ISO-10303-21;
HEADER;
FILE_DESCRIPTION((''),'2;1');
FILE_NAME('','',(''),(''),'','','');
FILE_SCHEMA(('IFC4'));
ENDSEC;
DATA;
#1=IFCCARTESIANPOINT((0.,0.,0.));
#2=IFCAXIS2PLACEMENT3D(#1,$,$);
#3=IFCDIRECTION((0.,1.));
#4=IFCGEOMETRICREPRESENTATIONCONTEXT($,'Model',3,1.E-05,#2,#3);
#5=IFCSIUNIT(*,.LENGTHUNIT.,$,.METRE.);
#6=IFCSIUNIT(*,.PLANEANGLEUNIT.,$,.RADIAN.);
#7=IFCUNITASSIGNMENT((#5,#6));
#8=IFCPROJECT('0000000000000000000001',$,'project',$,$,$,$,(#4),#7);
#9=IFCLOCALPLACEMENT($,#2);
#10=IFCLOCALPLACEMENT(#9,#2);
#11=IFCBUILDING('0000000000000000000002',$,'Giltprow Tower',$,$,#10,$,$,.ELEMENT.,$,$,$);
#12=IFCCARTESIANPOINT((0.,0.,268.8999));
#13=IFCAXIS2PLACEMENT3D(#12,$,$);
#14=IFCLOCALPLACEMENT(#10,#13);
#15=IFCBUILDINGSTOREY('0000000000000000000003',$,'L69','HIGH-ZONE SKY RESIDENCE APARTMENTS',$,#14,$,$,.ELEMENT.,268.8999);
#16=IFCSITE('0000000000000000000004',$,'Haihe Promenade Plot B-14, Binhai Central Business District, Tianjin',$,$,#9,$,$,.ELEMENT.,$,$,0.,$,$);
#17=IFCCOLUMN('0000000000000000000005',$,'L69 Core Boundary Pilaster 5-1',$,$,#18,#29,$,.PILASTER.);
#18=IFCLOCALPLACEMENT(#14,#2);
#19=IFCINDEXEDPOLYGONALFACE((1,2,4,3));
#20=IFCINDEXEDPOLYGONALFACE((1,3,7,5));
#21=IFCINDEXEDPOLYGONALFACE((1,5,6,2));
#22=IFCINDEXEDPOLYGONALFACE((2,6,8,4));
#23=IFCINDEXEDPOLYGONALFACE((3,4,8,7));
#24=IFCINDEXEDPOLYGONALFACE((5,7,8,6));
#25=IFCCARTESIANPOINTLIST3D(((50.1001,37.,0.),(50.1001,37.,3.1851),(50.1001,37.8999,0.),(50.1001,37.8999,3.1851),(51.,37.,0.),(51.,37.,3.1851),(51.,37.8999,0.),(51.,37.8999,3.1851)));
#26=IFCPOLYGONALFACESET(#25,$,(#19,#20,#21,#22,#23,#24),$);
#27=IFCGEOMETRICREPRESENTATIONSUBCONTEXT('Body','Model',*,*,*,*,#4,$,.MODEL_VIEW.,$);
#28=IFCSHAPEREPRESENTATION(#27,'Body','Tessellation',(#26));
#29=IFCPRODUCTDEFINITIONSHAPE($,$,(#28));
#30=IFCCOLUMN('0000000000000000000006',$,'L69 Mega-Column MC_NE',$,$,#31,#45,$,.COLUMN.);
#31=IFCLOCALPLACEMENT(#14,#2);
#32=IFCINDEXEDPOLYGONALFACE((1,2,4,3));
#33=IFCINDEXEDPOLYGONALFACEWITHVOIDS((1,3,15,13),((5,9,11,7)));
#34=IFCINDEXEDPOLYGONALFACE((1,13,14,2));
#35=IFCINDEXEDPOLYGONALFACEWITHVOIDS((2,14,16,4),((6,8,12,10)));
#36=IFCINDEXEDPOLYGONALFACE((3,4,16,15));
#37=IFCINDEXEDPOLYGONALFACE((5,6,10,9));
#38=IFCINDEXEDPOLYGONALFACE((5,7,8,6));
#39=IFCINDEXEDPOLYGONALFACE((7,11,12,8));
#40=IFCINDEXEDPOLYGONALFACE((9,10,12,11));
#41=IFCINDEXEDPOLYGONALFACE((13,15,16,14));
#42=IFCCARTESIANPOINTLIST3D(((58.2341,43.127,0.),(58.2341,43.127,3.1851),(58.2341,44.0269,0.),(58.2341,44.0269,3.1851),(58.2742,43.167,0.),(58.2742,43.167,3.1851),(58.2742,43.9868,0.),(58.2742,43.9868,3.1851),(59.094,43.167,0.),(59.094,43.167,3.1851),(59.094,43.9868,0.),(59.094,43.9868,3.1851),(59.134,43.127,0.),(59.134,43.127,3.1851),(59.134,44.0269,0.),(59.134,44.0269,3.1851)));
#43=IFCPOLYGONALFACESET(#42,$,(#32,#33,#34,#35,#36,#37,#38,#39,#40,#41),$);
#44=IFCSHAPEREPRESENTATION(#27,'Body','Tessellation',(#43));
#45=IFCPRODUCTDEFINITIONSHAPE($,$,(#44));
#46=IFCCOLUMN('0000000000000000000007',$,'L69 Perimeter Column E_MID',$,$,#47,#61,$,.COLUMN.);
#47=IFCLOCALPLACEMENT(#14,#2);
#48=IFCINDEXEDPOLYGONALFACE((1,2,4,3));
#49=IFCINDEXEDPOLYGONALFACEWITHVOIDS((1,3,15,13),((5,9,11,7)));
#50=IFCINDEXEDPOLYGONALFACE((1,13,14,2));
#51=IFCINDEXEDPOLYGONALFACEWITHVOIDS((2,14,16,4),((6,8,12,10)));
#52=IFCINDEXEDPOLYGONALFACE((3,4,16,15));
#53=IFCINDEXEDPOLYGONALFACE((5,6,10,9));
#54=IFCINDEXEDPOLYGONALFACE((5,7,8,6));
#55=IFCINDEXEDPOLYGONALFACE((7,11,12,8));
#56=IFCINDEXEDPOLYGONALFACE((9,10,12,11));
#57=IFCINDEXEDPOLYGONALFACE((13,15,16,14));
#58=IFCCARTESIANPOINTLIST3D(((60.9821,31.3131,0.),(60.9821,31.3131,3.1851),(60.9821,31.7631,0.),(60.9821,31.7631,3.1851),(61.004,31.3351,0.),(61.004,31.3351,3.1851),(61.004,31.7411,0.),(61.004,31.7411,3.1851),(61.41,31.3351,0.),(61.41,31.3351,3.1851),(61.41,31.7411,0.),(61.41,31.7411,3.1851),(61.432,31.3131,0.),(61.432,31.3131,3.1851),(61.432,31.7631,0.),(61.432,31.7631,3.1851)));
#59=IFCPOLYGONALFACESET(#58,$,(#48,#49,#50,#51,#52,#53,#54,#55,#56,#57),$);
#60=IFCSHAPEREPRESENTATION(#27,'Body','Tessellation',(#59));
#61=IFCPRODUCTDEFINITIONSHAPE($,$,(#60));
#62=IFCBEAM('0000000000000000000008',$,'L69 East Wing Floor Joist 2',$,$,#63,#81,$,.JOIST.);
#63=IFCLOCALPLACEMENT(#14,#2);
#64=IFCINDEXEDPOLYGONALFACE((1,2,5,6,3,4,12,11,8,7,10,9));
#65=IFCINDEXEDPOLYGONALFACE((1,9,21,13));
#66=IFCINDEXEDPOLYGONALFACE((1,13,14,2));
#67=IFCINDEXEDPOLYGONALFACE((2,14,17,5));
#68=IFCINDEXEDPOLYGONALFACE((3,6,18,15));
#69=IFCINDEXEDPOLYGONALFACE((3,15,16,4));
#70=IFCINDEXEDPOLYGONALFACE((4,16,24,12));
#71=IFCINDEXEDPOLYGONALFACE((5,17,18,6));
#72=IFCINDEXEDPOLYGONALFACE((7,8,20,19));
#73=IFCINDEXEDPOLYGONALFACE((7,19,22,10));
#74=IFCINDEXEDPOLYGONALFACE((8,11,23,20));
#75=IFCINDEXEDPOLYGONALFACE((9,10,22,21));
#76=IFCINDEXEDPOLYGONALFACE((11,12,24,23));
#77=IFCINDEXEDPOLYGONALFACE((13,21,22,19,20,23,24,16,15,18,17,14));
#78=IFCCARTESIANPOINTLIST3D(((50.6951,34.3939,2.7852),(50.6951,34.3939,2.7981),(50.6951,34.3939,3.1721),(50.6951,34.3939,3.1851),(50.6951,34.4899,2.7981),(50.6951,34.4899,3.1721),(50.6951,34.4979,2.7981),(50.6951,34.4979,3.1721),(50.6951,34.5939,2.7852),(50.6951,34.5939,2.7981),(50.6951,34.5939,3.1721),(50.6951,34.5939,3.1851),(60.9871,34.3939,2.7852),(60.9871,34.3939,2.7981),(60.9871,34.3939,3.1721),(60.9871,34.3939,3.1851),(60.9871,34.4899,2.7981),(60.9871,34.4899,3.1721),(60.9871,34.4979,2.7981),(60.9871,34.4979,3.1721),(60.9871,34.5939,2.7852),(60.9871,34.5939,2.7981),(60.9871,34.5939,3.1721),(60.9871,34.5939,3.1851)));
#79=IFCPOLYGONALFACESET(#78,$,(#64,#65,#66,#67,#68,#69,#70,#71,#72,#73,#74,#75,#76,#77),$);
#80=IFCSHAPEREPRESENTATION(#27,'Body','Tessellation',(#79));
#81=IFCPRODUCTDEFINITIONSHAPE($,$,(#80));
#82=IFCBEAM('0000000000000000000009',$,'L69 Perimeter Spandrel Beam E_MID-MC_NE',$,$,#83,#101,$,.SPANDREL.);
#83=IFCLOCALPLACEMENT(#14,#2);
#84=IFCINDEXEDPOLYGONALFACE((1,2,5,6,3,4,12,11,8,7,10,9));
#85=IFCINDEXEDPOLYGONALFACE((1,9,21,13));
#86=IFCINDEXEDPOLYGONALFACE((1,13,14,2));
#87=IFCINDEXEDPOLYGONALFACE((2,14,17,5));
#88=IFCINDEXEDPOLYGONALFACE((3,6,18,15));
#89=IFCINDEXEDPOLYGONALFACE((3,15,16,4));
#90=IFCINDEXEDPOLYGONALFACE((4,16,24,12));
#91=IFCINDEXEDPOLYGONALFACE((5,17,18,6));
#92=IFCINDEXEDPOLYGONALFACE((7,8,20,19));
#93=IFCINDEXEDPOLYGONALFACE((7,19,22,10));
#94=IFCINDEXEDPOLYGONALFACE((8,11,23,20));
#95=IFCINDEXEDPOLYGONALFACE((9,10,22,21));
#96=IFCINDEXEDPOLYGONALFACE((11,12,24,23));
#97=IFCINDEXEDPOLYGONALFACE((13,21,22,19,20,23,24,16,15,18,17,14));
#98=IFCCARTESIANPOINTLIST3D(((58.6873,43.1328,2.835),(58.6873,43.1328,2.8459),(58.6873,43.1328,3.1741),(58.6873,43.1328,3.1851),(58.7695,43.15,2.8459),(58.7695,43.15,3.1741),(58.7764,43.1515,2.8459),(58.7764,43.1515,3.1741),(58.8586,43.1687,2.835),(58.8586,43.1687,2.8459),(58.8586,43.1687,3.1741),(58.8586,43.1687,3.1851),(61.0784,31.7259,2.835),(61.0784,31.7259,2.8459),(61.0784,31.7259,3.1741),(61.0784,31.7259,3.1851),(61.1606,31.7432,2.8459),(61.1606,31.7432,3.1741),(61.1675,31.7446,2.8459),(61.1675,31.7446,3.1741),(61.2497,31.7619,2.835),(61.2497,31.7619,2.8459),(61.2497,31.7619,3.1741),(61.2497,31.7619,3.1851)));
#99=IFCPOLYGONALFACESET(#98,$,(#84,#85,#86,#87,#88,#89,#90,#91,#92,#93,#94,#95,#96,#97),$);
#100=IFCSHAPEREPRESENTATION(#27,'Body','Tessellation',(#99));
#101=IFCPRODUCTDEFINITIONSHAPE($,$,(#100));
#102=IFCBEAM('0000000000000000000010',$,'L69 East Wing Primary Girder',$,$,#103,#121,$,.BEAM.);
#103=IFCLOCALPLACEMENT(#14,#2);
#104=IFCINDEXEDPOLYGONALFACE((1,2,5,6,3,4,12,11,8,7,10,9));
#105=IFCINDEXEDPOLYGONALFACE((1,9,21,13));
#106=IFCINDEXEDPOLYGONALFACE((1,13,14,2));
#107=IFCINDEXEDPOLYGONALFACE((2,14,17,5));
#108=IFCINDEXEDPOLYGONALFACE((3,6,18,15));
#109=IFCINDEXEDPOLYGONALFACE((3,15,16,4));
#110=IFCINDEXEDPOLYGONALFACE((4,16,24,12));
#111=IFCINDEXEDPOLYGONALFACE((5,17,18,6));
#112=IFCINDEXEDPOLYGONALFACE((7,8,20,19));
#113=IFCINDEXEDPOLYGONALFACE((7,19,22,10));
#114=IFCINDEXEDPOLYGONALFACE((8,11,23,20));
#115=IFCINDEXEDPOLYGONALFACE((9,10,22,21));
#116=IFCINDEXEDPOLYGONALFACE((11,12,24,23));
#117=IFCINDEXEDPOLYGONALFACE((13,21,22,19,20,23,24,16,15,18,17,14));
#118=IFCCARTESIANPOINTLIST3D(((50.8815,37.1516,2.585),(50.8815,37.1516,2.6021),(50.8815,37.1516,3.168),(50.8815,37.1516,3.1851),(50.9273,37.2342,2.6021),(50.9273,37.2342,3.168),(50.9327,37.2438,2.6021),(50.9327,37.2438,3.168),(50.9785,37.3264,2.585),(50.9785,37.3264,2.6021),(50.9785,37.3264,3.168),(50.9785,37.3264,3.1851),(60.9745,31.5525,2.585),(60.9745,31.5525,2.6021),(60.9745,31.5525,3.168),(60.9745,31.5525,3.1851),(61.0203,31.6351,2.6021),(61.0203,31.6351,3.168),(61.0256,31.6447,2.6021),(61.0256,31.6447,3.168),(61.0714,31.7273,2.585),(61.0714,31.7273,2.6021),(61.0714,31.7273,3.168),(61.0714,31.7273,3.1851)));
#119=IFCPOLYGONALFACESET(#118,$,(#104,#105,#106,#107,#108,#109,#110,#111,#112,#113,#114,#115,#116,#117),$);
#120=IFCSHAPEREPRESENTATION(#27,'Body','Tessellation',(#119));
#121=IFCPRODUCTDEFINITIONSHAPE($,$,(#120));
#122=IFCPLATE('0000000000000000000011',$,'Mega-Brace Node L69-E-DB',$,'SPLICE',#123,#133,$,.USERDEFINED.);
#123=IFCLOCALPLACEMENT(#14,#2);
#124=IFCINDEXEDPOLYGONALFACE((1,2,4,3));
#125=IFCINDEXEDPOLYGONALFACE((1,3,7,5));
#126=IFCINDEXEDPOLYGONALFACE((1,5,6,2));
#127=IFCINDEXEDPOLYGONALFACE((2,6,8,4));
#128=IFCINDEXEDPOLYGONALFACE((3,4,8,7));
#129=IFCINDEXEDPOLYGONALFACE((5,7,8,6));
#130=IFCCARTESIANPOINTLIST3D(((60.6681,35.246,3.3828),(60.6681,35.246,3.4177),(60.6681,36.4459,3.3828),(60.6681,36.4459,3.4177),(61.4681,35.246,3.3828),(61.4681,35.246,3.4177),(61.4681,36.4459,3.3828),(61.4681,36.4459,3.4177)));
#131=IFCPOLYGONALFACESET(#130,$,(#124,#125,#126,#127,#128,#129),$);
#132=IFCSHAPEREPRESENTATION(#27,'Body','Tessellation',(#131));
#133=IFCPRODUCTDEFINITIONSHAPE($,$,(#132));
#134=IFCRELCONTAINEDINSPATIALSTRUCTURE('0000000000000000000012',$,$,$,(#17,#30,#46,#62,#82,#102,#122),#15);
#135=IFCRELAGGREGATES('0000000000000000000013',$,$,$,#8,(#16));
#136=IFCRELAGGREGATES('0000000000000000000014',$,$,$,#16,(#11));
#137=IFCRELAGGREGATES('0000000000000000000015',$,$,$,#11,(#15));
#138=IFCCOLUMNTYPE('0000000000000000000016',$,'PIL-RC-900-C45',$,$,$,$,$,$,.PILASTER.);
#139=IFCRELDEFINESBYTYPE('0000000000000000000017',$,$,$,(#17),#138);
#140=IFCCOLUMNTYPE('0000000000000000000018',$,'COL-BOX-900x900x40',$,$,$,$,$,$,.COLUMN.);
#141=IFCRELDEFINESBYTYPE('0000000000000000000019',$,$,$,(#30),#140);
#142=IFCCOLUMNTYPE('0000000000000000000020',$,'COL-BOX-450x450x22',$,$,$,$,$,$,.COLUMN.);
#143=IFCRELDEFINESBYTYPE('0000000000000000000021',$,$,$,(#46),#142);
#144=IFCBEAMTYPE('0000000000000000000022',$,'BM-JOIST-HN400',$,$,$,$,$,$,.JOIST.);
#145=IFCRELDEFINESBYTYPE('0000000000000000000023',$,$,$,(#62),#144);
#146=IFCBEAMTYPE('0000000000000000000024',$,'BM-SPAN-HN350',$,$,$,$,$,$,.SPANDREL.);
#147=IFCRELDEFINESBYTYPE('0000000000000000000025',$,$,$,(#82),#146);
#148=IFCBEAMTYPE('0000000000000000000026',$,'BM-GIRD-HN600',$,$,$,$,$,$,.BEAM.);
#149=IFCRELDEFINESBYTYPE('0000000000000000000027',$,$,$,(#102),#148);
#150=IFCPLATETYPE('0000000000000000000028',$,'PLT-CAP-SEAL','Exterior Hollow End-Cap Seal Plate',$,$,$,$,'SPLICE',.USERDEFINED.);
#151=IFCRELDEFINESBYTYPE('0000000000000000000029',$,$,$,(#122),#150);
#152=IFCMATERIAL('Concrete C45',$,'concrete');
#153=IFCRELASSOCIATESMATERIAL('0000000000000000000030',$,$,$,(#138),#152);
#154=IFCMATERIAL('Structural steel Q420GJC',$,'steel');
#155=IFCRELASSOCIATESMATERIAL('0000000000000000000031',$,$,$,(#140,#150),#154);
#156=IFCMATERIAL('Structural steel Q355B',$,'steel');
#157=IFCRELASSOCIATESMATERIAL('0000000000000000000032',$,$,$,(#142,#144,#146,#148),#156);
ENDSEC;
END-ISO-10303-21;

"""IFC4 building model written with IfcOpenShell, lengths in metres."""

from ifc_helpers import new_model, si_unit, direction, frame, origin, origin_2d, place, context, subcontext, project, spatial, rectangle, hollow_rectangle, i_section, extrude, source, transform, mapped, material, material_profile, profile_set, type_object, element, save


model = new_model("IFC4")

# Units and contexts
model_context = context("Model", 3, precision=1e-05, world=origin(), true_north=direction((0.0, 1.0)))
body_context = subcontext(model_context, "Body", "Model", "MODEL_VIEW")
ifc_project = project(units=[si_unit("LENGTHUNIT", "METRE"), si_unit("PLANEANGLEUNIT", "RADIAN")], contexts=[model_context])

# Site, building, storey
site_placement = place(None, origin())
site = spatial("IfcSite", under=ifc_project, at=site_placement, Name="Haihe Promenade Plot B-14, Binhai Central Business District, Tianjin", CompositionType="ELEMENT", RefElevation=0.0)
building_placement = place(site_placement, origin())
building = spatial("IfcBuilding", under=site, at=building_placement, Name="Giltprow Tower", CompositionType="ELEMENT")
storey_placement = place(building_placement, frame((0.0, 0.0, 268.8999)))
storey = spatial("IfcBuildingStorey", under=building, at=storey_placement, Name="L69", Description="HIGH-ZONE SKY RESIDENCE APARTMENTS", CompositionType="ELEMENT", Elevation=268.8999)

# Columns
ifc_material_1 = material(Name="Concrete C45", Category="concrete")
ifc_material_profile_1 = material_profile(ifc_material_1, rectangle(XDim=0.8999, YDim=0.8999, at=origin_2d()), Name="RC 900x900")
ifc_profile_set_1 = profile_set([ifc_material_profile_1], Name="Concrete C45")
column_type_1 = type_object("IfcColumnType", Name="PIL-RC-900-C45", PredefinedType="PILASTER", material=ifc_profile_set_1)
shared_shape_1 = source(origin(), body_context, "Body", "SweptSolid", [
    extrude(rectangle(XDim=0.8999, YDim=0.8999, at=origin_2d()), origin(), (0.0, 0.0, 1.0), 3.1851),
])
column_1_placement = place(storey_placement, frame((50.55, 37.45, 0.0), z_axis=(0.0, 0.0, 1.0), x_axis=(1.0, 0.0, 0.0)))
element("IfcColumn", 1, at=column_1_placement, inside=storey, type_object=column_type_1, Name="L69 Core Boundary Pilaster 5-1", PredefinedType="PILASTER", context=body_context, shape_type="MappedRepresentation", body=[
    mapped(shared_shape_1, transform((0.0, 0.0, 0.0), x_axis=(1.0, 0.0, 0.0), y_axis=(0.0, 1.0, 0.0), z_axis=(0.0, 0.0, 1.0), scale=1.0)),
])
ifc_material_2 = material(Name="Structural steel Q420GJC", Category="steel")
ifc_material_profile_2 = material_profile(ifc_material_2, hollow_rectangle(XDim=0.8999, YDim=0.8999, WallThickness=0.04, at=origin_2d()), Name="BOX 900x900x40")
ifc_profile_set_2 = profile_set([ifc_material_profile_2], Name="Structural steel Q420GJC")
column_type_2 = type_object("IfcColumnType", Name="COL-BOX-900x900x40", PredefinedType="COLUMN", material=ifc_profile_set_2)
shared_shape_2 = source(origin(), body_context, "Body", "SweptSolid", [
    extrude(hollow_rectangle(XDim=0.8999, YDim=0.8999, WallThickness=0.04, at=origin_2d()), origin(), (0.0, 0.0, 1.0), 3.1851),
])
column_2_placement = place(storey_placement, frame((58.6841, 43.5769, 0.0), z_axis=(0.0, 0.0, 1.0), x_axis=(1.0, 0.0, 0.0)))
element("IfcColumn", 2, at=column_2_placement, inside=storey, type_object=column_type_2, Name="L69 Mega-Column MC_NE", PredefinedType="COLUMN", context=body_context, shape_type="MappedRepresentation", body=[
    mapped(shared_shape_2, transform((0.0, 0.0, 0.0), x_axis=(1.0, 0.0, 0.0), y_axis=(0.0, 1.0, 0.0), z_axis=(0.0, 0.0, 1.0), scale=1.0)),
])
ifc_material_3 = material(Name="Structural steel Q355B", Category="steel")
ifc_material_profile_3 = material_profile(ifc_material_3, hollow_rectangle(XDim=0.45, YDim=0.45, WallThickness=0.022, at=origin_2d()), Name="BOX 450x450x22")
ifc_profile_set_3 = profile_set([ifc_material_profile_3], Name="Structural steel Q355B")
column_type_3 = type_object("IfcColumnType", Name="COL-BOX-450x450x22", PredefinedType="COLUMN", material=ifc_profile_set_3)
shared_shape_3 = source(origin(), body_context, "Body", "SweptSolid", [
    extrude(hollow_rectangle(XDim=0.45, YDim=0.45, WallThickness=0.022, at=origin_2d()), origin(), (0.0, 0.0, 1.0), 3.1851),
])
column_3_placement = place(storey_placement, frame((61.207, 31.5381, 0.0), z_axis=(0.0, 0.0, 1.0), x_axis=(1.0, 0.0, 0.0)))
element("IfcColumn", 3, at=column_3_placement, inside=storey, type_object=column_type_3, Name="L69 Perimeter Column E_MID", PredefinedType="COLUMN", context=body_context, shape_type="MappedRepresentation", body=[
    mapped(shared_shape_3, transform((0.0, 0.0, 0.0), x_axis=(1.0, 0.0, 0.0), y_axis=(0.0, 1.0, 0.0), z_axis=(0.0, 0.0, 1.0), scale=1.0)),
])

# Beams
ifc_material_profile_4 = material_profile(ifc_material_3, i_section(OverallWidth=0.2, OverallDepth=0.3999, WebThickness=0.0081, FlangeThickness=0.0129, at=origin_2d()), Name="HN 400x200x8x13")
ifc_profile_set_4 = profile_set([ifc_material_profile_4], Name="Structural steel Q355B")
beam_type_1 = type_object("IfcBeamType", Name="BM-JOIST-HN400", PredefinedType="JOIST", material=ifc_profile_set_4)
shared_shape_4 = source(origin(), body_context, "Body", "SweptSolid", [
    extrude(i_section(OverallWidth=0.2, OverallDepth=0.3999, WebThickness=0.0081, FlangeThickness=0.0129, at=origin_2d()), origin(), (0.0, 0.0, 1.0), 10.292),
])
beam_1_placement = place(storey_placement, frame((50.6951, 34.4939, 2.9851), z_axis=(1.0, 0.0, 0.0), x_axis=(0.0, 1.0, 0.0)))
element("IfcBeam", 4, at=beam_1_placement, inside=storey, type_object=beam_type_1, Name="L69 East Wing Floor Joist 2", PredefinedType="JOIST", context=body_context, shape_type="MappedRepresentation", body=[
    mapped(shared_shape_4, transform((0.0, 0.0, 0.0), x_axis=(1.0, 0.0, 0.0), y_axis=(0.0, 1.0, 0.0), z_axis=(0.0, 0.0, 1.0), scale=1.0)),
])
ifc_material_profile_5 = material_profile(ifc_material_3, i_section(OverallWidth=0.175, OverallDepth=0.3501, WebThickness=0.0071, FlangeThickness=0.011, at=origin_2d()), Name="HN 350x175x7x11")
ifc_profile_set_5 = profile_set([ifc_material_profile_5], Name="Structural steel Q355B")
beam_type_2 = type_object("IfcBeamType", Name="BM-SPAN-HN350", PredefinedType="SPANDREL", material=ifc_profile_set_5)
shared_shape_5 = source(origin(), body_context, "Body", "SweptSolid", [
    extrude(i_section(OverallWidth=0.175, OverallDepth=0.3501, WebThickness=0.0071, FlangeThickness=0.011, at=origin_2d()), origin(), (0.0, 0.0, 1.0), 11.6548),
])
beam_2_placement = place(storey_placement, frame((61.1641, 31.7439, 3.01), z_axis=(-0.20516, 0.978729, 0.0), x_axis=(-0.978729, -0.20516, 0.0)))
element("IfcBeam", 5, at=beam_2_placement, inside=storey, type_object=beam_type_2, Name="L69 Perimeter Spandrel Beam E_MID-MC_NE", PredefinedType="SPANDREL", context=body_context, shape_type="MappedRepresentation", body=[
    mapped(shared_shape_5, transform((0.0, 0.0, 0.0), x_axis=(1.0, 0.0, 0.0), y_axis=(0.0, 1.0, 0.0), z_axis=(0.0, 0.0, 1.0), scale=1.0)),
])
ifc_material_profile_6 = material_profile(ifc_material_3, i_section(OverallWidth=0.2, OverallDepth=0.6001, WebThickness=0.011, FlangeThickness=0.0171, at=origin_2d()), Name="HN 600x200x11x17")
ifc_profile_set_6 = profile_set([ifc_material_profile_6], Name="Structural steel Q355B")
beam_type_3 = type_object("IfcBeamType", Name="BM-GIRD-HN600", PredefinedType="BEAM", material=ifc_profile_set_6)
shared_shape_6 = source(origin(), body_context, "Body", "SweptSolid", [
    extrude(i_section(OverallWidth=0.2, OverallDepth=0.6001, WebThickness=0.011, FlangeThickness=0.0171, at=origin_2d()), origin(), (0.0, 0.0, 1.0), 11.542),
])
beam_3_placement = place(storey_placement, frame((61.0229, 31.6399, 2.885), z_axis=(-0.874455, 0.485106, 0.0), x_axis=(-0.485106, -0.874455, 0.0)))
element("IfcBeam", 6, at=beam_3_placement, inside=storey, type_object=beam_type_3, Name="L69 East Wing Primary Girder", PredefinedType="BEAM", context=body_context, shape_type="MappedRepresentation", body=[
    mapped(shared_shape_6, transform((0.0, 0.0, 0.0), x_axis=(1.0, 0.0, 0.0), y_axis=(0.0, 1.0, 0.0), z_axis=(0.0, 0.0, 1.0), scale=1.0)),
])

# Plate
plate_type = type_object("IfcPlateType", Name="PLT-CAP-SEAL", Description="Exterior Hollow End-Cap Seal Plate", ElementType="SPLICE", PredefinedType="USERDEFINED", material=ifc_material_2)
shared_shape_7 = source(origin(), body_context, "Body", "SweptSolid", [
    extrude(rectangle(XDim=1.2, YDim=0.8, at=origin_2d()), origin(), (0.0, 0.0, 1.0), 0.0349),
])
plate_placement = place(storey_placement, frame((61.0681, 35.8459, 3.3828), z_axis=(0.0, 0.0, 1.0), x_axis=(0.0, 1.0, 0.0)))
element("IfcPlate", 7, at=plate_placement, inside=storey, type_object=plate_type, Name="Mega-Brace Node L69-E-DB", ObjectType="SPLICE", PredefinedType="USERDEFINED", context=body_context, shape_type="MappedRepresentation", body=[
    mapped(shared_shape_7, transform((0.0, 0.0, 0.0), x_axis=(1.0, 0.0, 0.0), y_axis=(0.0, 1.0, 0.0), z_axis=(0.0, 0.0, 1.0), scale=1.0)),
])

save(model, "model.ifc")
